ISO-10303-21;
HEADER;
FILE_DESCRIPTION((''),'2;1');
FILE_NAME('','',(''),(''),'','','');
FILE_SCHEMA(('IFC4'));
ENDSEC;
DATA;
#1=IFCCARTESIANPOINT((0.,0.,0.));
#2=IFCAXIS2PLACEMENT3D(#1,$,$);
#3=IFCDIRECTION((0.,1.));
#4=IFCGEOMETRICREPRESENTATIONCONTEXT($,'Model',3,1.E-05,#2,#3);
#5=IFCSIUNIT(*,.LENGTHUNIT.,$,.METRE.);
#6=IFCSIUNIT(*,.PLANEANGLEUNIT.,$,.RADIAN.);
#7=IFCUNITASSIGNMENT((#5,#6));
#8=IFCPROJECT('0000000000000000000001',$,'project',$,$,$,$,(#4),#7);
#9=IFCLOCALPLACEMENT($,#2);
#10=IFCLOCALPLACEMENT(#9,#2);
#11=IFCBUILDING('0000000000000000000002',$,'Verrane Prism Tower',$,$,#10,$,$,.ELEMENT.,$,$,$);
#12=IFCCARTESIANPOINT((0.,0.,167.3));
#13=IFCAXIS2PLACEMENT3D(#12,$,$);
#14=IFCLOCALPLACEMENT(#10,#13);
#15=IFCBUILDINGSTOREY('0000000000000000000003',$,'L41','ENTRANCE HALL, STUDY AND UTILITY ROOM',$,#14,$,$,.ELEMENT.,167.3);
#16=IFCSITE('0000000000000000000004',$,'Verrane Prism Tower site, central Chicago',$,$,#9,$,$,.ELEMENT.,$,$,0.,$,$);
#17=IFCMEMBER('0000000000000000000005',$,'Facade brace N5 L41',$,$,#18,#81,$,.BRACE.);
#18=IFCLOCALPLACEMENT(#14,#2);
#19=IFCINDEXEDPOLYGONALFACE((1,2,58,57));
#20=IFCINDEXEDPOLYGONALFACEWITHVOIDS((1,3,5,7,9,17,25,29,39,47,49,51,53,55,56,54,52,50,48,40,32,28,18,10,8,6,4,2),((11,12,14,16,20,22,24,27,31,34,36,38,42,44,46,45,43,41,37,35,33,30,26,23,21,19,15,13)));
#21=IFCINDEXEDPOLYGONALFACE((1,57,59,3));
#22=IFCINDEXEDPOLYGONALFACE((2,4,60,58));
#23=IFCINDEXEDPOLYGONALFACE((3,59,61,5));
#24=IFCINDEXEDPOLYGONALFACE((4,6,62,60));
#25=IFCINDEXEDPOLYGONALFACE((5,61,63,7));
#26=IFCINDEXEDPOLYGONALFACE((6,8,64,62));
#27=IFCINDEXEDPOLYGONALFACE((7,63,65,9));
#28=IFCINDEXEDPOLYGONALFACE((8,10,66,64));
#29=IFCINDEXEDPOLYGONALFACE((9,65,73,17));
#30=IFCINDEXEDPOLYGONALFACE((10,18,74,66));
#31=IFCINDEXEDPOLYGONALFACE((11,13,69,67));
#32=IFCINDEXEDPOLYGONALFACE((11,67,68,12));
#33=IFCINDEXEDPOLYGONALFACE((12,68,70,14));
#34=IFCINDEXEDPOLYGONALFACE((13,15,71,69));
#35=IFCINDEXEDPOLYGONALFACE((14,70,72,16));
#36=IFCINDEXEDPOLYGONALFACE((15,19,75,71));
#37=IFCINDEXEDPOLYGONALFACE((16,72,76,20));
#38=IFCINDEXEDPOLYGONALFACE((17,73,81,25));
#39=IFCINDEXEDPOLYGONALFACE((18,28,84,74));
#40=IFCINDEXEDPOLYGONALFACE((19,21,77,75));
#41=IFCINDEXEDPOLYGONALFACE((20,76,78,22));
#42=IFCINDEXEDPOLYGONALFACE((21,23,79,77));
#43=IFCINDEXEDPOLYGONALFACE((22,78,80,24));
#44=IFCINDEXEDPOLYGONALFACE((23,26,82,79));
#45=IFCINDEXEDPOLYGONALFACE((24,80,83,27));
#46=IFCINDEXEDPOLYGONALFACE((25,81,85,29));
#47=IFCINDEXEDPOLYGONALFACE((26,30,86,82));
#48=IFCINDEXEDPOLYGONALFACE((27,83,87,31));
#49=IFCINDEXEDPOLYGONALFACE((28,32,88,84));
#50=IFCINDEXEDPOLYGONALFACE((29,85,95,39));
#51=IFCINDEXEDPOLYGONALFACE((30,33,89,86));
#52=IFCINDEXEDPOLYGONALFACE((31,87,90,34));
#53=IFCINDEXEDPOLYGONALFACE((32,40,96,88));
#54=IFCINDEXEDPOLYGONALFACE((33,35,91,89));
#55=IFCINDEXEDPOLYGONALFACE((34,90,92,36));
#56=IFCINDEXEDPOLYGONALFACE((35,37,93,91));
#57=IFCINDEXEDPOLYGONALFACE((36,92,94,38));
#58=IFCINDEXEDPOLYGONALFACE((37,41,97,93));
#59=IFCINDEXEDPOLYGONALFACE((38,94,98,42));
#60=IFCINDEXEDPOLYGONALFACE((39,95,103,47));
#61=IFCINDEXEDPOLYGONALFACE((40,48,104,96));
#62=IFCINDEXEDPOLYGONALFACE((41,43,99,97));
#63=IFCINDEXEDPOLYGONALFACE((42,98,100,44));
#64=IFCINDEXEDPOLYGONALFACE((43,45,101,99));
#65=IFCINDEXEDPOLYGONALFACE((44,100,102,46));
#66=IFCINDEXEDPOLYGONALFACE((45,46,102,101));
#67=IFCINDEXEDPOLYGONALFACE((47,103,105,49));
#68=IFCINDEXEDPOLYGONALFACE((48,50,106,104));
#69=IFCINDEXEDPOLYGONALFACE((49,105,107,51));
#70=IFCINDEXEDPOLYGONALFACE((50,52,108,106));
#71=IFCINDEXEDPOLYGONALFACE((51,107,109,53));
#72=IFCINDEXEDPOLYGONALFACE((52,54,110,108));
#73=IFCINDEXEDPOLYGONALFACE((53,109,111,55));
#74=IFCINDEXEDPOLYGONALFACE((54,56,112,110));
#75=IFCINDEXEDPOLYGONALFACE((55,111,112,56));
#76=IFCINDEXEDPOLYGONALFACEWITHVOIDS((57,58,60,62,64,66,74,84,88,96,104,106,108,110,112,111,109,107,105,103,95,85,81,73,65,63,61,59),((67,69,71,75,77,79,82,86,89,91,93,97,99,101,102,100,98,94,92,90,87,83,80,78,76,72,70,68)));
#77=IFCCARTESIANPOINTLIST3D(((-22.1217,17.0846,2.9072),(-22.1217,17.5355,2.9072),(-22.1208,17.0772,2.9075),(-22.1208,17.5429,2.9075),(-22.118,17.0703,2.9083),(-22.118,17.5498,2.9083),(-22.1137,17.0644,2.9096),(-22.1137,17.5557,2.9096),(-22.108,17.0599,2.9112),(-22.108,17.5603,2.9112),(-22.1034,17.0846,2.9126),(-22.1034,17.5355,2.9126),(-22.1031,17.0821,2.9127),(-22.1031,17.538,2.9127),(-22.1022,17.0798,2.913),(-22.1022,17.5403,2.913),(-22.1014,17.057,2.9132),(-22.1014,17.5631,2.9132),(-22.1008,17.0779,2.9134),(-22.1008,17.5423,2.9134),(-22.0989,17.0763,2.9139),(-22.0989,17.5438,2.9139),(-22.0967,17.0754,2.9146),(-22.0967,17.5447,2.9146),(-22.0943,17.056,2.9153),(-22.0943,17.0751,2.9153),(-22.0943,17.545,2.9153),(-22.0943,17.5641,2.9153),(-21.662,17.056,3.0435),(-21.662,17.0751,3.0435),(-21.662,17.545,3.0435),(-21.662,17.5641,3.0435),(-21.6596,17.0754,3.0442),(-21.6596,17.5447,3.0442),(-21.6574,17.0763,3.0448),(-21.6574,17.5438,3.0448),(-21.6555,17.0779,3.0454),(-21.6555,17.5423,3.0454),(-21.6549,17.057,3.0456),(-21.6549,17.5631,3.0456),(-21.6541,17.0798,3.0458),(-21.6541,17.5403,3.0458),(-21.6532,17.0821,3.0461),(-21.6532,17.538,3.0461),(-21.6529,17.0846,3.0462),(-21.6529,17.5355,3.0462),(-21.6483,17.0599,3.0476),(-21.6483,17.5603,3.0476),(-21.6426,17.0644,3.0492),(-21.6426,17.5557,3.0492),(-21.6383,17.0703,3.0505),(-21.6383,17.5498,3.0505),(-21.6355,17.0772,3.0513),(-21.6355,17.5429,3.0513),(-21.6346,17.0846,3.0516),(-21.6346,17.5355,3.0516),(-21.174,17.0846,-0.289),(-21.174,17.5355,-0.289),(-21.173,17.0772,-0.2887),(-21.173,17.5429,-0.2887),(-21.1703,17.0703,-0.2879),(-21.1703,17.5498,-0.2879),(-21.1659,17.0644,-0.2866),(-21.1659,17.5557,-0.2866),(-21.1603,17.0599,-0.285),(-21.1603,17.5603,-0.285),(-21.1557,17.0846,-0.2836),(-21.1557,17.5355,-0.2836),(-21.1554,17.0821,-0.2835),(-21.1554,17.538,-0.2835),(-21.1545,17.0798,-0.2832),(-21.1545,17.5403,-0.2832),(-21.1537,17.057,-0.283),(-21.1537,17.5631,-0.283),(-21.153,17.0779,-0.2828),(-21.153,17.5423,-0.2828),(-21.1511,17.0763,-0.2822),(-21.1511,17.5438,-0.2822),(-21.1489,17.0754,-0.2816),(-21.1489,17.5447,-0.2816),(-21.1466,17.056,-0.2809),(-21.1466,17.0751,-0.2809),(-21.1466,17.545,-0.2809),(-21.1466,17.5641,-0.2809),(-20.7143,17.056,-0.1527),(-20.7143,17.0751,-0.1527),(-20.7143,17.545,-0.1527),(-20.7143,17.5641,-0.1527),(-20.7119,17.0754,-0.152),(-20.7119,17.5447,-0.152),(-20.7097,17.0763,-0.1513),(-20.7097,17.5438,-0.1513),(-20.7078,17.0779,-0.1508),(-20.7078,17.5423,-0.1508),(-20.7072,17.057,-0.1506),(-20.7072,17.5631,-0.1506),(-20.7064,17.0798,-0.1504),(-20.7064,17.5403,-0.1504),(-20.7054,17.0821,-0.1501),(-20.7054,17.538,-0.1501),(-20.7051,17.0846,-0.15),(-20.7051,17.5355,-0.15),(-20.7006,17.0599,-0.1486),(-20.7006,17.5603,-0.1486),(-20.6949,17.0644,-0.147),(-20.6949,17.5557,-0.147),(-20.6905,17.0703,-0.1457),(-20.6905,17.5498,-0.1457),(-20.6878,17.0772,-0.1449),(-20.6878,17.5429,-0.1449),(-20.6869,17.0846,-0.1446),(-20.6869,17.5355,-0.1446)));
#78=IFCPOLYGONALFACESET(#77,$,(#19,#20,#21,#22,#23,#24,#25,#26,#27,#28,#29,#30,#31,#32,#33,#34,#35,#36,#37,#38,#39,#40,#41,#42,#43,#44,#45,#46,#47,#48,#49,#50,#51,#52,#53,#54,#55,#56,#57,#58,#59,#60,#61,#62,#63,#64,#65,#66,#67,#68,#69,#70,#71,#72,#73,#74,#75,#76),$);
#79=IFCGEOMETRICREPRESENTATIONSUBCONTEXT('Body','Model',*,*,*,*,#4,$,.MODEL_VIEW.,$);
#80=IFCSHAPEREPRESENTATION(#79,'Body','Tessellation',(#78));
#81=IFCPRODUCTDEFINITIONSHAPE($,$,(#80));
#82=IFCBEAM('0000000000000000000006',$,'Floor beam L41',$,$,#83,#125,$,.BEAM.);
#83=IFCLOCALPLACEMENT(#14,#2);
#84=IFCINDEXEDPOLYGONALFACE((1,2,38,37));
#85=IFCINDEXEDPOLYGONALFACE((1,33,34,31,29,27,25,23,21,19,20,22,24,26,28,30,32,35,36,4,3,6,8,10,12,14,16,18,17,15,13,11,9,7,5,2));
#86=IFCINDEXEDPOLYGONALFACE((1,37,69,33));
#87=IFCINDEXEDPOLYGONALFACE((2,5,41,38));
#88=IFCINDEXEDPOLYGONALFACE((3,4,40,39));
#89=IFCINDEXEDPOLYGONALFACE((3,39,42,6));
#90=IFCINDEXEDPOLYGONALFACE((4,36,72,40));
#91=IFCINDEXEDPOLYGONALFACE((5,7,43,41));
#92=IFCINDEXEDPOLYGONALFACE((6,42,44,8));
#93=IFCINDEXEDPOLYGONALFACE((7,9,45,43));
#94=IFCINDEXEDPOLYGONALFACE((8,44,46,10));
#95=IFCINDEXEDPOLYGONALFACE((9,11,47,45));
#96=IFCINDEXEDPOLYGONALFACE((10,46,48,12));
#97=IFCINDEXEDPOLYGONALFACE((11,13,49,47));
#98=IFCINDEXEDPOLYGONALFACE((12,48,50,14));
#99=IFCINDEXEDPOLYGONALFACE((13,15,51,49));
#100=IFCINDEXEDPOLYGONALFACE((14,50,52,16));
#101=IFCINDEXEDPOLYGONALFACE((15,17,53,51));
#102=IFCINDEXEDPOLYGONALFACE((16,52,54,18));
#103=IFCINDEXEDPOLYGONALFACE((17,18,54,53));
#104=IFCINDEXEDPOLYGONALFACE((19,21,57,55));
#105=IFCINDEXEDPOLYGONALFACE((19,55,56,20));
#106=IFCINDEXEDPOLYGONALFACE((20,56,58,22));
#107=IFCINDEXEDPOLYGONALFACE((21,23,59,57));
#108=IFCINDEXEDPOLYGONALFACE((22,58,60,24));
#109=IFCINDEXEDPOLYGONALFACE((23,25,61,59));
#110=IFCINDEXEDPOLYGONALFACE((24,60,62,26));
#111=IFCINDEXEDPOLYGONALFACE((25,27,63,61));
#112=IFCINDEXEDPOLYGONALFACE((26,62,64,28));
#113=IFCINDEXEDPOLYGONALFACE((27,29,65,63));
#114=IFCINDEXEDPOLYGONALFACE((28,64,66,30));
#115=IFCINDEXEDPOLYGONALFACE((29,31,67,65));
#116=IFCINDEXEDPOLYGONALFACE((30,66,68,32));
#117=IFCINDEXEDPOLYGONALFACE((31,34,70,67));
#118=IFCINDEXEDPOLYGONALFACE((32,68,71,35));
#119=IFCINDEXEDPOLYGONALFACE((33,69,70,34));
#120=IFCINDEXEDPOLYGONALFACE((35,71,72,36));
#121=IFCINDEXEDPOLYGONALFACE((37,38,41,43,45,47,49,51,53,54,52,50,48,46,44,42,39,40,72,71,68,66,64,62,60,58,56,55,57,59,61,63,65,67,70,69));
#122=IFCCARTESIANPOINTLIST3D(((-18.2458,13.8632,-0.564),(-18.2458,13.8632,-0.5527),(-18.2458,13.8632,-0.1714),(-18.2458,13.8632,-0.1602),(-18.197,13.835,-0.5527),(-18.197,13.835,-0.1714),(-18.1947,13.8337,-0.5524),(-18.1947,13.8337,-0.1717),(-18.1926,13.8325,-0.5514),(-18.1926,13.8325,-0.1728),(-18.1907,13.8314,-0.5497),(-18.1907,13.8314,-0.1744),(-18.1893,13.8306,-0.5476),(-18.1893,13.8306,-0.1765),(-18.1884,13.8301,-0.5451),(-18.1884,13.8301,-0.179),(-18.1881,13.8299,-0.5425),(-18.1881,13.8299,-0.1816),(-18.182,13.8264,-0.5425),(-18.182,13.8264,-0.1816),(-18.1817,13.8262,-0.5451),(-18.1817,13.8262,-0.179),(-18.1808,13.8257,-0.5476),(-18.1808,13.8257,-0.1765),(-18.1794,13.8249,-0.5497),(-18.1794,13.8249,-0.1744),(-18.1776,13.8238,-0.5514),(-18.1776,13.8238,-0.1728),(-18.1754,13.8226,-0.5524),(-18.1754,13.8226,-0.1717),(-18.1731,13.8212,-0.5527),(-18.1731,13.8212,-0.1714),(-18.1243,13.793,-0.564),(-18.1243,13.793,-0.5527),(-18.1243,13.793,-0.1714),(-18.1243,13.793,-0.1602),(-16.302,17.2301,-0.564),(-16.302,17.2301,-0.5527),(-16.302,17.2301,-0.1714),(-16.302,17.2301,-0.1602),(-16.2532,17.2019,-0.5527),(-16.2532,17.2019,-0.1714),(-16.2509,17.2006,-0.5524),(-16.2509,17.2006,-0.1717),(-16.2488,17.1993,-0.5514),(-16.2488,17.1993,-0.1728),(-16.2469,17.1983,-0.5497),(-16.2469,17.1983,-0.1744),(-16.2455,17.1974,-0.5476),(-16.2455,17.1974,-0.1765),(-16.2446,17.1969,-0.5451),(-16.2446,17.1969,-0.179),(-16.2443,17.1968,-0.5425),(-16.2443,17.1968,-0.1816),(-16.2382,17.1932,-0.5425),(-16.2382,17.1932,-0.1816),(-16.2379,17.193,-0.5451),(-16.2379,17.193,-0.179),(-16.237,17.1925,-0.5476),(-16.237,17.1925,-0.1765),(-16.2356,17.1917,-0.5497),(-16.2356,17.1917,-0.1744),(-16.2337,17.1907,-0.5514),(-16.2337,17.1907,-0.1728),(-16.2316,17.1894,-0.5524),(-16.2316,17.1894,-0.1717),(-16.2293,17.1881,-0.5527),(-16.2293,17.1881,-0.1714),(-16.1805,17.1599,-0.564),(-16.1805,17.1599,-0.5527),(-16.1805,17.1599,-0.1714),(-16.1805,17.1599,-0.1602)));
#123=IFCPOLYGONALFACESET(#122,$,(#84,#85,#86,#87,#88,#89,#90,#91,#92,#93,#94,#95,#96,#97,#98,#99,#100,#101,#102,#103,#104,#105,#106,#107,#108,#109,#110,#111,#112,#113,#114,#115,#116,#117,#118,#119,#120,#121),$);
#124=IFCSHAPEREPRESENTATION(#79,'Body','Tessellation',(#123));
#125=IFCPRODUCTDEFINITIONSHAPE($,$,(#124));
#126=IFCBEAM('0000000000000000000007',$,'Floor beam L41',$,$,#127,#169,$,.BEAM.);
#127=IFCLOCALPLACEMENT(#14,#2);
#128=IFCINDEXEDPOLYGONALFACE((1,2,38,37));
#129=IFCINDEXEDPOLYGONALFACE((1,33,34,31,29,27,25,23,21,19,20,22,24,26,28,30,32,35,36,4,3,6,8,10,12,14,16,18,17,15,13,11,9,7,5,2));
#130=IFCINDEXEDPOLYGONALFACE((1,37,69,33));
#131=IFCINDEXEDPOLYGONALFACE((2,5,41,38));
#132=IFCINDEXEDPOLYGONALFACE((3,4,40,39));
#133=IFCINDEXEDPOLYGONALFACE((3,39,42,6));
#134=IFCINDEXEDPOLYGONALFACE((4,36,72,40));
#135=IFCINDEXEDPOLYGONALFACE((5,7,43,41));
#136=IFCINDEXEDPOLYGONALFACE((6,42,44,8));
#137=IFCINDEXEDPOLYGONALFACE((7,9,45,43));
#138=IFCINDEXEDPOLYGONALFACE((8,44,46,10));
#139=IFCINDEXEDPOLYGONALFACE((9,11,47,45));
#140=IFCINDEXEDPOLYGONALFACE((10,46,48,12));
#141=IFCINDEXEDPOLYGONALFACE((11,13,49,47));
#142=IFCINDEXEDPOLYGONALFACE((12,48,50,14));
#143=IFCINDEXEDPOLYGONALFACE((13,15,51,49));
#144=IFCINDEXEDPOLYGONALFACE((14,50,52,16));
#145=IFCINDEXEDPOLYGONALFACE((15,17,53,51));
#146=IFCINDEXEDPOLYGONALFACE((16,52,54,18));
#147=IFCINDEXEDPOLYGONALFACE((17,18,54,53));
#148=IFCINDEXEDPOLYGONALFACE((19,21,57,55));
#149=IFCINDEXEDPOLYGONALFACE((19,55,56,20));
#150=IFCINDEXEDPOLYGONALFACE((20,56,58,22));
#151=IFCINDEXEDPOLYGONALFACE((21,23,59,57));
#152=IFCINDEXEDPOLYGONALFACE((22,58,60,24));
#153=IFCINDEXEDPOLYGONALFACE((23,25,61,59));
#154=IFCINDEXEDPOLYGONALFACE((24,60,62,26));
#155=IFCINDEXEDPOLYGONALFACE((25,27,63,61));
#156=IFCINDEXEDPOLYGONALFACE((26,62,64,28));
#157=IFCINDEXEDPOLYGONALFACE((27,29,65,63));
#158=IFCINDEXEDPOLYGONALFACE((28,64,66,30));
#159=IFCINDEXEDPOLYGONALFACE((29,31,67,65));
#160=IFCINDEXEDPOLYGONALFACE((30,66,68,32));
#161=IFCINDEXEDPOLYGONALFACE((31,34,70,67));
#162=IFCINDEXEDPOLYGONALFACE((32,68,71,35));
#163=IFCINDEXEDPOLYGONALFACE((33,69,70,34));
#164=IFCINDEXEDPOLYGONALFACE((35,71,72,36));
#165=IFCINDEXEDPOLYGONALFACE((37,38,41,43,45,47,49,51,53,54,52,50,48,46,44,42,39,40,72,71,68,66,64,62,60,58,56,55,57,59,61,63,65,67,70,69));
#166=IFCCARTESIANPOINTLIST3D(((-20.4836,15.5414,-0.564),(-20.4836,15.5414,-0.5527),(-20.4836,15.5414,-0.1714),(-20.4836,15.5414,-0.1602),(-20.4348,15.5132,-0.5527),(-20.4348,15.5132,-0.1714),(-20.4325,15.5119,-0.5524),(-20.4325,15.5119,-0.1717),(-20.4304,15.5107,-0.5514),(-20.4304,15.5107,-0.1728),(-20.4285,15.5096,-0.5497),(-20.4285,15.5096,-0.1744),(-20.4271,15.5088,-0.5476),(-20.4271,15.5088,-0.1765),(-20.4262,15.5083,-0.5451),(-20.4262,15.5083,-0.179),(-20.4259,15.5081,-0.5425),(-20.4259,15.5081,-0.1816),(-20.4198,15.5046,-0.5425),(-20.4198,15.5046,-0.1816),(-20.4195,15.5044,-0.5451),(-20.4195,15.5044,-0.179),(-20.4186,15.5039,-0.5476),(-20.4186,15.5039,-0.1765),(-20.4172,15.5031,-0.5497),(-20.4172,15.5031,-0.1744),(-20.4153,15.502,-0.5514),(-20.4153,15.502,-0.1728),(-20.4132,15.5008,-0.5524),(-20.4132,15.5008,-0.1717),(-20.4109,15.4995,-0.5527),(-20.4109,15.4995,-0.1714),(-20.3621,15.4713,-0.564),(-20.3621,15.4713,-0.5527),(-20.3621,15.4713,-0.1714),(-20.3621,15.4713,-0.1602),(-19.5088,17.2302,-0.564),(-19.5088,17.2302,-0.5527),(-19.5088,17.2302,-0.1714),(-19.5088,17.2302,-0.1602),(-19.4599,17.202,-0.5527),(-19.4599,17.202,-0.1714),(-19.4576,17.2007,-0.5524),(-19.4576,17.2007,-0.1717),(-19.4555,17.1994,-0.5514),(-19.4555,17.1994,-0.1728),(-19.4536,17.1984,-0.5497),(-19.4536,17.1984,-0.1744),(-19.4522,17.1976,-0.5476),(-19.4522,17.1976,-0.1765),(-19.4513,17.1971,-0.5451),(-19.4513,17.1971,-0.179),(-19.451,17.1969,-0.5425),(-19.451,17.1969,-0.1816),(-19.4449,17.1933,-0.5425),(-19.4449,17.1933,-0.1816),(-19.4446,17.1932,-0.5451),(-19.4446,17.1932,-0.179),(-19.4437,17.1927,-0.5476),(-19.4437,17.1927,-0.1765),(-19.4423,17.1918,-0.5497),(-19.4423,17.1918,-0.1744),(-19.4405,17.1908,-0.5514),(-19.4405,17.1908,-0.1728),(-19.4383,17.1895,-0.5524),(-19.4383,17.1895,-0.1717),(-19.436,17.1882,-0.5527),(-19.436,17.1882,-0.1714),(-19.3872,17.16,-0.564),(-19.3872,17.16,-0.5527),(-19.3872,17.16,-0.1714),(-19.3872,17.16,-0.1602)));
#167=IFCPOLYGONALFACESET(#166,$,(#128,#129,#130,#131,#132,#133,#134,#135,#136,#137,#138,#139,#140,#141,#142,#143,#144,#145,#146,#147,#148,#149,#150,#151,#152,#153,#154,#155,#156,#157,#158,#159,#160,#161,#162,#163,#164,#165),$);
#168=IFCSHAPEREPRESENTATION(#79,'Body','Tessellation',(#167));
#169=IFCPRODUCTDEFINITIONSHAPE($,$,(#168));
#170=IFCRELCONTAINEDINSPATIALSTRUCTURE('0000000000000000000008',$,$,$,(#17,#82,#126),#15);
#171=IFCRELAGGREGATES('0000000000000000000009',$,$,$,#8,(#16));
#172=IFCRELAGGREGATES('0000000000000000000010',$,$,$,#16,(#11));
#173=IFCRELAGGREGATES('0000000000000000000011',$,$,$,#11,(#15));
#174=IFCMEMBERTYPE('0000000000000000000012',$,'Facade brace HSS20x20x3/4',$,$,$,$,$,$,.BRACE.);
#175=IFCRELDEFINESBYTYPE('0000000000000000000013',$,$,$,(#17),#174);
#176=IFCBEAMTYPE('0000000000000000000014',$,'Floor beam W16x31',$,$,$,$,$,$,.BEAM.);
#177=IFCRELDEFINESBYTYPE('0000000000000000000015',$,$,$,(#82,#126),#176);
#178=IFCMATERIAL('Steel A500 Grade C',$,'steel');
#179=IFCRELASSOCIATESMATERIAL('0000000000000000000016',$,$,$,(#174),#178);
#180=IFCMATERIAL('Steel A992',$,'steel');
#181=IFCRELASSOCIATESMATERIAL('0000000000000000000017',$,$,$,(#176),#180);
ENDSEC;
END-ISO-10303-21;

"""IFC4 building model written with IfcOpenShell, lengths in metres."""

from ifc_helpers import new_model, si_unit, direction, frame, origin, origin_2d, place, context, subcontext, project, spatial, hollow_rectangle, i_section, extrude, material, material_profile, profile_set, type_object, element, save


model = new_model("IFC4")

# Units and contexts
model_context = context("Model", 3, precision=1e-05, world=origin(), true_north=direction((0.0, 1.0)))
body_context = subcontext(model_context, "Body", "Model", "MODEL_VIEW")
ifc_project = project(units=[si_unit("LENGTHUNIT", "METRE"), si_unit("PLANEANGLEUNIT", "RADIAN")], contexts=[model_context])

# Site, building, storey
site_placement = place(None, origin())
site = spatial("IfcSite", under=ifc_project, at=site_placement, Name="Verrane Prism Tower site, central Chicago", CompositionType="ELEMENT", RefElevation=0.0)
building_placement = place(site_placement, origin())
building = spatial("IfcBuilding", under=site, at=building_placement, Name="Verrane Prism Tower", CompositionType="ELEMENT")
storey_placement = place(building_placement, frame((0.0, 0.0, 167.3)))
storey = spatial("IfcBuildingStorey", under=building, at=storey_placement, Name="L41", Description="ENTRANCE HALL, STUDY AND UTILITY ROOM", CompositionType="ELEMENT", Elevation=167.3)

# Member
ifc_material_1 = material(Name="Steel A500 Grade C", Category="steel")
ifc_material_profile_1 = material_profile(ifc_material_1, hollow_rectangle(XDim=0.5081, YDim=0.5081, WallThickness=0.019, InnerFilletRadius=0.0095, OuterFilletRadius=0.0286, at=origin_2d()), Name="HSS20x20x3/4")
ifc_profile_set_1 = profile_set([ifc_material_profile_1], Name="Steel A500 Grade C")
member_type_1 = type_object("IfcMemberType", Name="Facade brace HSS20x20x3/4", PredefinedType="BRACE", material=ifc_profile_set_1)
member_1_placement = place(storey_placement, frame((-20.9304, 17.3101, -0.2168), z_axis=(-0.284283, 0.0, 0.95874), x_axis=(0.0, -1.0, 0.0)))
element("IfcMember", 1, at=member_1_placement, inside=storey, type_object=member_type_1, Name="Facade brace N5 L41", PredefinedType="BRACE", context=body_context, shape_type="SweptSolid", body=[
    extrude(hollow_rectangle(XDim=0.5081, YDim=0.5081, WallThickness=0.019, InnerFilletRadius=0.0095, OuterFilletRadius=0.0286, at=origin_2d()), origin(), (0.0, 0.0, 1.0), 3.3337),
])

# Beams
ifc_material_2 = material(Name="Steel A992", Category="steel")
ifc_material_profile_2 = material_profile(ifc_material_2, i_section(OverallWidth=0.1404, OverallDepth=0.4038, WebThickness=0.0071, FlangeThickness=0.0112, FilletRadius=0.0103, at=origin_2d()), Name="W16x31")
ifc_profile_set_2 = profile_set([ifc_material_profile_2], Name="Steel A992")
beam_type_1 = type_object("IfcBeamType", Name="Floor beam W16x31", PredefinedType="BEAM", material=ifc_profile_set_2)
beam_1_placement = place(storey_placement, frame((-18.1851, 13.8281, -0.3621), z_axis=(0.499989, 0.866032, 0.0), x_axis=(-0.866032, 0.499989, 0.0)))
element("IfcBeam", 2, at=beam_1_placement, inside=storey, type_object=beam_type_1, Name="Floor beam L41", PredefinedType="BEAM", context=body_context, shape_type="SweptSolid", body=[
    extrude(i_section(OverallWidth=0.1404, OverallDepth=0.4038, WebThickness=0.0071, FlangeThickness=0.0112, FilletRadius=0.0103, at=origin_2d()), origin(), (0.0, 0.0, 1.0), 3.8877),
])
beam_2_placement = place(storey_placement, frame((-20.4229, 15.5063, -0.3621), z_axis=(0.49995, 0.866054, 0.0), x_axis=(-0.866054, 0.49995, 0.0)))
element("IfcBeam", 3, at=beam_2_placement, inside=storey, type_object=beam_type_1, Name="Floor beam L41", PredefinedType="BEAM", context=body_context, shape_type="SweptSolid", body=[
    extrude(i_section(OverallWidth=0.1404, OverallDepth=0.4038, WebThickness=0.0071, FlangeThickness=0.0112, FilletRadius=0.0103, at=origin_2d()), origin(), (0.0, 0.0, 1.0), 1.95),
])

save(model, "model.ifc")
